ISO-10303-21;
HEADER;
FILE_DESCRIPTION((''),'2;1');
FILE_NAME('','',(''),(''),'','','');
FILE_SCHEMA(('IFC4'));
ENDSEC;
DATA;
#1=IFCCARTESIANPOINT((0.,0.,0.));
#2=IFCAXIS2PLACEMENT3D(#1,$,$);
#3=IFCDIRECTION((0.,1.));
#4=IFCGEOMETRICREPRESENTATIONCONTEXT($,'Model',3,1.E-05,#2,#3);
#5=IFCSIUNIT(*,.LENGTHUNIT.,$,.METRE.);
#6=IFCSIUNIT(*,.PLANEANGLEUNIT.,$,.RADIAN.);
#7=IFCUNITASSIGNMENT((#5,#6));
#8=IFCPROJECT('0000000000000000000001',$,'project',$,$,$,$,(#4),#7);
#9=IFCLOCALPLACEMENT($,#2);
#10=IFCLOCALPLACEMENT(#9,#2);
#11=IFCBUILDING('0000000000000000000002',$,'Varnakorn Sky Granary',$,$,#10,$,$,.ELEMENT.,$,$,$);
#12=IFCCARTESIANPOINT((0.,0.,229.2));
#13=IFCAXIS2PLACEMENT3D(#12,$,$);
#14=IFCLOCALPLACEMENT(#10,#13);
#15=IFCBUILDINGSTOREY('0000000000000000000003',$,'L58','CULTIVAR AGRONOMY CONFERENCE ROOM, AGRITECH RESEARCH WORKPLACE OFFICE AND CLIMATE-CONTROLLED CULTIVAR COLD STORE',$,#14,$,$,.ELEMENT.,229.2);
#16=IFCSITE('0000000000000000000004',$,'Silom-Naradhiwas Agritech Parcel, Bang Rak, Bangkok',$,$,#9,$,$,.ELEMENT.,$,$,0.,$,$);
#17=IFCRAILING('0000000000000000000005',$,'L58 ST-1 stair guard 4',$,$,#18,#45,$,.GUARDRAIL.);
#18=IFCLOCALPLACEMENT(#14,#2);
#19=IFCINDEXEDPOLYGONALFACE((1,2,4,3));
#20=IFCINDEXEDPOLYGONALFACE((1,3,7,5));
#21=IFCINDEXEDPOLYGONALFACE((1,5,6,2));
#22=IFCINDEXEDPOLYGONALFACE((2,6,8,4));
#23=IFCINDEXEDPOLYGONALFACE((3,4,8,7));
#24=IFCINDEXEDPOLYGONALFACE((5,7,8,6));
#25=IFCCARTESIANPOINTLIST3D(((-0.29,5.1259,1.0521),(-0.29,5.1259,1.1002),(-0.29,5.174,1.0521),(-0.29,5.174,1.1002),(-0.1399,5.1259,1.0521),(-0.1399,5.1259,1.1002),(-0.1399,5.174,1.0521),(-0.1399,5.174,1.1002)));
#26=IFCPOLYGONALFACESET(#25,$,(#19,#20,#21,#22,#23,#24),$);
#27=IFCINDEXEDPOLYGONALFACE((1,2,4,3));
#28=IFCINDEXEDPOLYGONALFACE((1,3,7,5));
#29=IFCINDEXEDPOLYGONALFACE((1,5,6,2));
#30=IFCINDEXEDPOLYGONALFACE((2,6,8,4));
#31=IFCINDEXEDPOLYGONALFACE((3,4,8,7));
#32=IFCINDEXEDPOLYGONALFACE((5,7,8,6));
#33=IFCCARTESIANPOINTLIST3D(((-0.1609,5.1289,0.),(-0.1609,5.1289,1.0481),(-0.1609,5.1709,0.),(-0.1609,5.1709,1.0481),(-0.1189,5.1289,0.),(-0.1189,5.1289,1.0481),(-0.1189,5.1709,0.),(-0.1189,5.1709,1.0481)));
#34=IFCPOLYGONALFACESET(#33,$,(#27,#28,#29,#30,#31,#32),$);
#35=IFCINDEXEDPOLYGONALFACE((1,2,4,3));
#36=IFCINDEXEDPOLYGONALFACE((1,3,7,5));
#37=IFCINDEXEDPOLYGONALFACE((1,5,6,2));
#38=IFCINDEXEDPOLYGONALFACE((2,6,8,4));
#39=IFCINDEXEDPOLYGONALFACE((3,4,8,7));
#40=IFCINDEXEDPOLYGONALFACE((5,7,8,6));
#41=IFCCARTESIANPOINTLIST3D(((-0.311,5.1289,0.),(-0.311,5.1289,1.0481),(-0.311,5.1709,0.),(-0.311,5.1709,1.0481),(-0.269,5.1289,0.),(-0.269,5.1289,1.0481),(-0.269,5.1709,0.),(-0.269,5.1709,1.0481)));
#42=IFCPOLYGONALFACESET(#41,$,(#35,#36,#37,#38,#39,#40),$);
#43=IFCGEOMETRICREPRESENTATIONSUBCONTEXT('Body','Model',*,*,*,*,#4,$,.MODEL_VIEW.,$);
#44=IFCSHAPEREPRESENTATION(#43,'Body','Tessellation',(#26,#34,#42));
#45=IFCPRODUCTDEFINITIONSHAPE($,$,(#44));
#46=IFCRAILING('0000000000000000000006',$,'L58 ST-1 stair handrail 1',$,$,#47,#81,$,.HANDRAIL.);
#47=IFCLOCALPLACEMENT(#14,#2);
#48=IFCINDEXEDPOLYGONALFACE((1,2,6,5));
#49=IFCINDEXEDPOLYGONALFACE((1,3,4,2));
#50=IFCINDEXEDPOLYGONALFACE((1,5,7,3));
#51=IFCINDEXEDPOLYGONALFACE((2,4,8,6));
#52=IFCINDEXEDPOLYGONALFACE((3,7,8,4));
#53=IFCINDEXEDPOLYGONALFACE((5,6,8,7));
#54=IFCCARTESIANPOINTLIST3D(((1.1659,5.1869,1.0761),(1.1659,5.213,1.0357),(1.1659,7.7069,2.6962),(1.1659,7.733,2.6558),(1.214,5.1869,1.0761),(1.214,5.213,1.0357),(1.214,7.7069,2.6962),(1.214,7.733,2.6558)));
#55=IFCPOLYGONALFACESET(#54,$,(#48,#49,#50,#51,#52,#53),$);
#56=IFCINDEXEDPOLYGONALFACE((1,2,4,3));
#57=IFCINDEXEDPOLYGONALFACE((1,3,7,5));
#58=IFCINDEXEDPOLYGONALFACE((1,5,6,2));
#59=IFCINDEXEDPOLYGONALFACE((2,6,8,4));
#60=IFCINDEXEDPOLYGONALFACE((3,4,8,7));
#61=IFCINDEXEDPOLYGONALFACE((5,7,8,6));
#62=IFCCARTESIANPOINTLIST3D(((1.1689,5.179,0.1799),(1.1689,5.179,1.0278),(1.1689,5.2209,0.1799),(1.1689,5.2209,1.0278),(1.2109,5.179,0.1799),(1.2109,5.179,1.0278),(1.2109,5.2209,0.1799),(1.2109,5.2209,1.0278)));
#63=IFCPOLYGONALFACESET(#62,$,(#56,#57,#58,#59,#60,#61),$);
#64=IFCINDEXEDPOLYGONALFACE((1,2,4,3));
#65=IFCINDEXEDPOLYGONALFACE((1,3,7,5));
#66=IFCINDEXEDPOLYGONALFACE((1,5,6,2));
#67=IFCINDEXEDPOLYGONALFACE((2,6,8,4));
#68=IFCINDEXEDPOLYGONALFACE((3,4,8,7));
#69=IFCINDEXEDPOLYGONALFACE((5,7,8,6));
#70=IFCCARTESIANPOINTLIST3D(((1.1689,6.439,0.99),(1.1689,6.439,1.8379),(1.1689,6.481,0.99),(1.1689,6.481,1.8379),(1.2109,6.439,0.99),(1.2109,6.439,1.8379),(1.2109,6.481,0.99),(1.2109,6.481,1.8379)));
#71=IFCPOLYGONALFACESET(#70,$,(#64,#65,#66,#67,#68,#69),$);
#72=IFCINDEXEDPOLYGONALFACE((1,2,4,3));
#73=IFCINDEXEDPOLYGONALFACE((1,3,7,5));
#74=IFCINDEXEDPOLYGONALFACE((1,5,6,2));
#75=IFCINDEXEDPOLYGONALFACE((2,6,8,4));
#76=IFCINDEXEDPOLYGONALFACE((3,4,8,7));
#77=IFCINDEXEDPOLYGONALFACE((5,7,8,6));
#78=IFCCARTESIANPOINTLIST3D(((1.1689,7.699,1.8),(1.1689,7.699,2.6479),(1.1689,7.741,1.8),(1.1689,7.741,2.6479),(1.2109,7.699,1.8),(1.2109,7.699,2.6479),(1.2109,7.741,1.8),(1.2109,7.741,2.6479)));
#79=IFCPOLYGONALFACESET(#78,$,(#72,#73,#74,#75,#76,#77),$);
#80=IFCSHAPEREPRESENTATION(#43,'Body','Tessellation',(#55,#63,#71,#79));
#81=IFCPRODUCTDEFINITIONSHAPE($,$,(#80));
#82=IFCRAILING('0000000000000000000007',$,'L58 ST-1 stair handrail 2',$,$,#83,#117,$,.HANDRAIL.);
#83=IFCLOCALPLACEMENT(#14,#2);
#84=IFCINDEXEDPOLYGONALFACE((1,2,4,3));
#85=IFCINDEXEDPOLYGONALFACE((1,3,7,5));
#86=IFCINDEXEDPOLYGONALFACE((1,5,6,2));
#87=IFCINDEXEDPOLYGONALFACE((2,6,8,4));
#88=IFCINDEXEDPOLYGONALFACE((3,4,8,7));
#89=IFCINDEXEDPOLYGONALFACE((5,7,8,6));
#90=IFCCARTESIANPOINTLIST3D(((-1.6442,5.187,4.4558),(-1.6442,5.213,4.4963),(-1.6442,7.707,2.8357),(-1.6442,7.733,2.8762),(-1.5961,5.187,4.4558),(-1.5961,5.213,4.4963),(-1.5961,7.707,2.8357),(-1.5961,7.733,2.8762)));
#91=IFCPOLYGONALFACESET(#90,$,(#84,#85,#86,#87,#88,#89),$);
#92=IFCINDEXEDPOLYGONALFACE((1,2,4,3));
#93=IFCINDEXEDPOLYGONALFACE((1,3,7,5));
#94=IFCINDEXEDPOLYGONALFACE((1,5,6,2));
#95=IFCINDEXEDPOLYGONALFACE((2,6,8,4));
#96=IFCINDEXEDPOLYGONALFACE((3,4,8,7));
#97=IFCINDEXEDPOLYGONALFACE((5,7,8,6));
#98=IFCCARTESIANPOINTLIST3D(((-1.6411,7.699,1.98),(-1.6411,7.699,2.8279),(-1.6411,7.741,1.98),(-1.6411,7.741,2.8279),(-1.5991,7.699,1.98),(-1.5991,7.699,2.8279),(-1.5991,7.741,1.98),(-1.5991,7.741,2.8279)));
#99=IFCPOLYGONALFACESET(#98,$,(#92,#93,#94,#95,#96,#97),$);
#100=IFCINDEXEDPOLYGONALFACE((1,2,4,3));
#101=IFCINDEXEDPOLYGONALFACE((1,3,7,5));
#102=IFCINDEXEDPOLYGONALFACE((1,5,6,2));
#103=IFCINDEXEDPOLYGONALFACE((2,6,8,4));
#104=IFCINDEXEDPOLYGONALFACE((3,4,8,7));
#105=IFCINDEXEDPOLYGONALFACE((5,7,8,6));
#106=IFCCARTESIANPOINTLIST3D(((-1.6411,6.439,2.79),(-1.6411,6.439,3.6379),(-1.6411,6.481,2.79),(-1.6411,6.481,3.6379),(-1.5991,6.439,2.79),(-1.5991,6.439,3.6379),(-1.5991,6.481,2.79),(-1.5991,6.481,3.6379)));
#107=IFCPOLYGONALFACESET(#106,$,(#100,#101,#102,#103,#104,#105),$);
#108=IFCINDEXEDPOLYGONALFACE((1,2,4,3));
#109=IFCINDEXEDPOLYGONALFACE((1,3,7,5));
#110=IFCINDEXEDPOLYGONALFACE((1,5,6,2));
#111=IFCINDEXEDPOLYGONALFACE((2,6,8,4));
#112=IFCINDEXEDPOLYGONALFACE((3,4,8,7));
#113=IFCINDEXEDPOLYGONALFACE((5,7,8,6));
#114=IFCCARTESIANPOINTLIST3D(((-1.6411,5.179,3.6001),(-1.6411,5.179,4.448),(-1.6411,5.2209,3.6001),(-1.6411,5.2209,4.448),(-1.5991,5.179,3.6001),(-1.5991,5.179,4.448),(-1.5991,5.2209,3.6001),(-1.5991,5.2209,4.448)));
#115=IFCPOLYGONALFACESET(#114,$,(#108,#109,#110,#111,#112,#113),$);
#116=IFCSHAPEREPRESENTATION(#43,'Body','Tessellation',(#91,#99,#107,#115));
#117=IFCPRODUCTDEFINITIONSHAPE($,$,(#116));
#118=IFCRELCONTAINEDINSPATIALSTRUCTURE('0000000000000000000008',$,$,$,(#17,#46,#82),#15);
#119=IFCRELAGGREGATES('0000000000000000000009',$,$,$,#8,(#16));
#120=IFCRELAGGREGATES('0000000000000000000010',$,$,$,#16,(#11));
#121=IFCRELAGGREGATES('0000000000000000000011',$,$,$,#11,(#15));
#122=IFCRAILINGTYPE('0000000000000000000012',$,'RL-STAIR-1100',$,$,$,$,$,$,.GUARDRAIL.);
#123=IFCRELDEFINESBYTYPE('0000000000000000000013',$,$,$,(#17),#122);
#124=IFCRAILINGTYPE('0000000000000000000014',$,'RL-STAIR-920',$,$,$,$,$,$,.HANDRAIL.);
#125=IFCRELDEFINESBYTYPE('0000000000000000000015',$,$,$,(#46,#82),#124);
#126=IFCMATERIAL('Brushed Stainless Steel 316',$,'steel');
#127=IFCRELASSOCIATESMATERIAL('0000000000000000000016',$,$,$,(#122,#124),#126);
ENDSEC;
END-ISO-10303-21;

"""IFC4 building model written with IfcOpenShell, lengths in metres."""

from ifc_helpers import new_model, si_unit, direction, frame, origin, origin_2d, place, context, subcontext, project, spatial, rectangle, extrude, material, type_object, element, save


model = new_model("IFC4")

# Units and contexts
model_context = context("Model", 3, precision=1e-05, world=origin(), true_north=direction((0.0, 1.0)))
body_context = subcontext(model_context, "Body", "Model", "MODEL_VIEW")
ifc_project = project(units=[si_unit("LENGTHUNIT", "METRE"), si_unit("PLANEANGLEUNIT", "RADIAN")], contexts=[model_context])

# Site, building, storey
site_placement = place(None, origin())
site = spatial("IfcSite", under=ifc_project, at=site_placement, Name="Silom-Naradhiwas Agritech Parcel, Bang Rak, Bangkok", CompositionType="ELEMENT", RefElevation=0.0)
building_placement = place(site_placement, origin())
building = spatial("IfcBuilding", under=site, at=building_placement, Name="Varnakorn Sky Granary", CompositionType="ELEMENT")
storey_placement = place(building_placement, frame((0.0, 0.0, 229.2)))
storey = spatial("IfcBuildingStorey", under=building, at=storey_placement, Name="L58", Description="CULTIVAR AGRONOMY CONFERENCE ROOM, AGRITECH RESEARCH WORKPLACE OFFICE AND CLIMATE-CONTROLLED CULTIVAR COLD STORE", CompositionType="ELEMENT", Elevation=229.2)

# Railings
ifc_material_1 = material(Name="Brushed Stainless Steel 316", Category="steel")
railing_type_1 = type_object("IfcRailingType", Name="RL-STAIR-1100", PredefinedType="GUARDRAIL", material=ifc_material_1)
railing_1_placement = place(storey_placement, frame((-0.1399, 5.1499, 0.0)))
element("IfcRailing", 1, at=railing_1_placement, inside=storey, type_object=railing_type_1, Name="L58 ST-1 stair guard 4", PredefinedType="GUARDRAIL", context=body_context, shape_type="SweptSolid", body=[
    extrude(rectangle(XDim=0.0481, YDim=0.0481, at=origin_2d()), frame((0.0, 0.0, 1.0762), z_axis=(-1.0, 0.0, 0.0), x_axis=(0.0, -1.0, 0.0)), (0.0, 0.0, 1.0), 0.1501),
    extrude(rectangle(XDim=0.042, YDim=0.042, at=origin_2d()), origin(), (0.0, 0.0, 1.0), 1.0481),
    extrude(rectangle(XDim=0.042, YDim=0.042, at=origin_2d()), frame((-0.1501, 0.0, 0.0)), (0.0, 0.0, 1.0), 1.0481),
])
railing_type_2 = type_object("IfcRailingType", Name="RL-STAIR-920", PredefinedType="HANDRAIL", material=ifc_material_1)
railing_2_placement = place(storey_placement, frame((1.1899, 5.2, 0.1799)))
element("IfcRailing", 2, at=railing_2_placement, inside=storey, type_object=railing_type_2, Name="L58 ST-1 stair handrail 1", PredefinedType="HANDRAIL", context=body_context, shape_type="SweptSolid", body=[
    extrude(rectangle(XDim=0.0481, YDim=0.0481, at=origin_2d()), frame((0.0, 0.0, 0.876), z_axis=(0.0, 0.841163, 0.540782), x_axis=(-1.0, 0.0, 0.0)), (0.0, 0.0, 1.0), 2.9958),
    extrude(rectangle(XDim=0.042, YDim=0.042, at=origin_2d()), origin(), (0.0, 0.0, 1.0), 0.8479),
    extrude(rectangle(XDim=0.042, YDim=0.042, at=origin_2d()), frame((0.0, 1.26, 0.8101)), (0.0, 0.0, 1.0), 0.8479),
    extrude(rectangle(XDim=0.042, YDim=0.042, at=origin_2d()), frame((0.0, 2.52, 1.6201)), (0.0, 0.0, 1.0), 0.8479),
])
railing_3_placement = place(storey_placement, frame((-1.6201, 7.72, 1.98)))
element("IfcRailing", 3, at=railing_3_placement, inside=storey, type_object=railing_type_2, Name="L58 ST-1 stair handrail 2", PredefinedType="HANDRAIL", context=body_context, shape_type="SweptSolid", body=[
    extrude(rectangle(XDim=0.0481, YDim=0.0481, at=origin_2d()), frame((0.0, 0.0, 0.876), z_axis=(0.0, -0.841163, 0.540782), x_axis=(1.0, 0.0, 0.0)), (0.0, 0.0, 1.0), 2.9958),
    extrude(rectangle(XDim=0.042, YDim=0.042, at=origin_2d()), origin(), (0.0, 0.0, 1.0), 0.8479),
    extrude(rectangle(XDim=0.042, YDim=0.042, at=origin_2d()), frame((0.0, -1.26, 0.8101)), (0.0, 0.0, 1.0), 0.8479),
    extrude(rectangle(XDim=0.042, YDim=0.042, at=origin_2d()), frame((0.0, -2.52, 1.6201)), (0.0, 0.0, 1.0), 0.8479),
])

save(model, "model.ifc")
